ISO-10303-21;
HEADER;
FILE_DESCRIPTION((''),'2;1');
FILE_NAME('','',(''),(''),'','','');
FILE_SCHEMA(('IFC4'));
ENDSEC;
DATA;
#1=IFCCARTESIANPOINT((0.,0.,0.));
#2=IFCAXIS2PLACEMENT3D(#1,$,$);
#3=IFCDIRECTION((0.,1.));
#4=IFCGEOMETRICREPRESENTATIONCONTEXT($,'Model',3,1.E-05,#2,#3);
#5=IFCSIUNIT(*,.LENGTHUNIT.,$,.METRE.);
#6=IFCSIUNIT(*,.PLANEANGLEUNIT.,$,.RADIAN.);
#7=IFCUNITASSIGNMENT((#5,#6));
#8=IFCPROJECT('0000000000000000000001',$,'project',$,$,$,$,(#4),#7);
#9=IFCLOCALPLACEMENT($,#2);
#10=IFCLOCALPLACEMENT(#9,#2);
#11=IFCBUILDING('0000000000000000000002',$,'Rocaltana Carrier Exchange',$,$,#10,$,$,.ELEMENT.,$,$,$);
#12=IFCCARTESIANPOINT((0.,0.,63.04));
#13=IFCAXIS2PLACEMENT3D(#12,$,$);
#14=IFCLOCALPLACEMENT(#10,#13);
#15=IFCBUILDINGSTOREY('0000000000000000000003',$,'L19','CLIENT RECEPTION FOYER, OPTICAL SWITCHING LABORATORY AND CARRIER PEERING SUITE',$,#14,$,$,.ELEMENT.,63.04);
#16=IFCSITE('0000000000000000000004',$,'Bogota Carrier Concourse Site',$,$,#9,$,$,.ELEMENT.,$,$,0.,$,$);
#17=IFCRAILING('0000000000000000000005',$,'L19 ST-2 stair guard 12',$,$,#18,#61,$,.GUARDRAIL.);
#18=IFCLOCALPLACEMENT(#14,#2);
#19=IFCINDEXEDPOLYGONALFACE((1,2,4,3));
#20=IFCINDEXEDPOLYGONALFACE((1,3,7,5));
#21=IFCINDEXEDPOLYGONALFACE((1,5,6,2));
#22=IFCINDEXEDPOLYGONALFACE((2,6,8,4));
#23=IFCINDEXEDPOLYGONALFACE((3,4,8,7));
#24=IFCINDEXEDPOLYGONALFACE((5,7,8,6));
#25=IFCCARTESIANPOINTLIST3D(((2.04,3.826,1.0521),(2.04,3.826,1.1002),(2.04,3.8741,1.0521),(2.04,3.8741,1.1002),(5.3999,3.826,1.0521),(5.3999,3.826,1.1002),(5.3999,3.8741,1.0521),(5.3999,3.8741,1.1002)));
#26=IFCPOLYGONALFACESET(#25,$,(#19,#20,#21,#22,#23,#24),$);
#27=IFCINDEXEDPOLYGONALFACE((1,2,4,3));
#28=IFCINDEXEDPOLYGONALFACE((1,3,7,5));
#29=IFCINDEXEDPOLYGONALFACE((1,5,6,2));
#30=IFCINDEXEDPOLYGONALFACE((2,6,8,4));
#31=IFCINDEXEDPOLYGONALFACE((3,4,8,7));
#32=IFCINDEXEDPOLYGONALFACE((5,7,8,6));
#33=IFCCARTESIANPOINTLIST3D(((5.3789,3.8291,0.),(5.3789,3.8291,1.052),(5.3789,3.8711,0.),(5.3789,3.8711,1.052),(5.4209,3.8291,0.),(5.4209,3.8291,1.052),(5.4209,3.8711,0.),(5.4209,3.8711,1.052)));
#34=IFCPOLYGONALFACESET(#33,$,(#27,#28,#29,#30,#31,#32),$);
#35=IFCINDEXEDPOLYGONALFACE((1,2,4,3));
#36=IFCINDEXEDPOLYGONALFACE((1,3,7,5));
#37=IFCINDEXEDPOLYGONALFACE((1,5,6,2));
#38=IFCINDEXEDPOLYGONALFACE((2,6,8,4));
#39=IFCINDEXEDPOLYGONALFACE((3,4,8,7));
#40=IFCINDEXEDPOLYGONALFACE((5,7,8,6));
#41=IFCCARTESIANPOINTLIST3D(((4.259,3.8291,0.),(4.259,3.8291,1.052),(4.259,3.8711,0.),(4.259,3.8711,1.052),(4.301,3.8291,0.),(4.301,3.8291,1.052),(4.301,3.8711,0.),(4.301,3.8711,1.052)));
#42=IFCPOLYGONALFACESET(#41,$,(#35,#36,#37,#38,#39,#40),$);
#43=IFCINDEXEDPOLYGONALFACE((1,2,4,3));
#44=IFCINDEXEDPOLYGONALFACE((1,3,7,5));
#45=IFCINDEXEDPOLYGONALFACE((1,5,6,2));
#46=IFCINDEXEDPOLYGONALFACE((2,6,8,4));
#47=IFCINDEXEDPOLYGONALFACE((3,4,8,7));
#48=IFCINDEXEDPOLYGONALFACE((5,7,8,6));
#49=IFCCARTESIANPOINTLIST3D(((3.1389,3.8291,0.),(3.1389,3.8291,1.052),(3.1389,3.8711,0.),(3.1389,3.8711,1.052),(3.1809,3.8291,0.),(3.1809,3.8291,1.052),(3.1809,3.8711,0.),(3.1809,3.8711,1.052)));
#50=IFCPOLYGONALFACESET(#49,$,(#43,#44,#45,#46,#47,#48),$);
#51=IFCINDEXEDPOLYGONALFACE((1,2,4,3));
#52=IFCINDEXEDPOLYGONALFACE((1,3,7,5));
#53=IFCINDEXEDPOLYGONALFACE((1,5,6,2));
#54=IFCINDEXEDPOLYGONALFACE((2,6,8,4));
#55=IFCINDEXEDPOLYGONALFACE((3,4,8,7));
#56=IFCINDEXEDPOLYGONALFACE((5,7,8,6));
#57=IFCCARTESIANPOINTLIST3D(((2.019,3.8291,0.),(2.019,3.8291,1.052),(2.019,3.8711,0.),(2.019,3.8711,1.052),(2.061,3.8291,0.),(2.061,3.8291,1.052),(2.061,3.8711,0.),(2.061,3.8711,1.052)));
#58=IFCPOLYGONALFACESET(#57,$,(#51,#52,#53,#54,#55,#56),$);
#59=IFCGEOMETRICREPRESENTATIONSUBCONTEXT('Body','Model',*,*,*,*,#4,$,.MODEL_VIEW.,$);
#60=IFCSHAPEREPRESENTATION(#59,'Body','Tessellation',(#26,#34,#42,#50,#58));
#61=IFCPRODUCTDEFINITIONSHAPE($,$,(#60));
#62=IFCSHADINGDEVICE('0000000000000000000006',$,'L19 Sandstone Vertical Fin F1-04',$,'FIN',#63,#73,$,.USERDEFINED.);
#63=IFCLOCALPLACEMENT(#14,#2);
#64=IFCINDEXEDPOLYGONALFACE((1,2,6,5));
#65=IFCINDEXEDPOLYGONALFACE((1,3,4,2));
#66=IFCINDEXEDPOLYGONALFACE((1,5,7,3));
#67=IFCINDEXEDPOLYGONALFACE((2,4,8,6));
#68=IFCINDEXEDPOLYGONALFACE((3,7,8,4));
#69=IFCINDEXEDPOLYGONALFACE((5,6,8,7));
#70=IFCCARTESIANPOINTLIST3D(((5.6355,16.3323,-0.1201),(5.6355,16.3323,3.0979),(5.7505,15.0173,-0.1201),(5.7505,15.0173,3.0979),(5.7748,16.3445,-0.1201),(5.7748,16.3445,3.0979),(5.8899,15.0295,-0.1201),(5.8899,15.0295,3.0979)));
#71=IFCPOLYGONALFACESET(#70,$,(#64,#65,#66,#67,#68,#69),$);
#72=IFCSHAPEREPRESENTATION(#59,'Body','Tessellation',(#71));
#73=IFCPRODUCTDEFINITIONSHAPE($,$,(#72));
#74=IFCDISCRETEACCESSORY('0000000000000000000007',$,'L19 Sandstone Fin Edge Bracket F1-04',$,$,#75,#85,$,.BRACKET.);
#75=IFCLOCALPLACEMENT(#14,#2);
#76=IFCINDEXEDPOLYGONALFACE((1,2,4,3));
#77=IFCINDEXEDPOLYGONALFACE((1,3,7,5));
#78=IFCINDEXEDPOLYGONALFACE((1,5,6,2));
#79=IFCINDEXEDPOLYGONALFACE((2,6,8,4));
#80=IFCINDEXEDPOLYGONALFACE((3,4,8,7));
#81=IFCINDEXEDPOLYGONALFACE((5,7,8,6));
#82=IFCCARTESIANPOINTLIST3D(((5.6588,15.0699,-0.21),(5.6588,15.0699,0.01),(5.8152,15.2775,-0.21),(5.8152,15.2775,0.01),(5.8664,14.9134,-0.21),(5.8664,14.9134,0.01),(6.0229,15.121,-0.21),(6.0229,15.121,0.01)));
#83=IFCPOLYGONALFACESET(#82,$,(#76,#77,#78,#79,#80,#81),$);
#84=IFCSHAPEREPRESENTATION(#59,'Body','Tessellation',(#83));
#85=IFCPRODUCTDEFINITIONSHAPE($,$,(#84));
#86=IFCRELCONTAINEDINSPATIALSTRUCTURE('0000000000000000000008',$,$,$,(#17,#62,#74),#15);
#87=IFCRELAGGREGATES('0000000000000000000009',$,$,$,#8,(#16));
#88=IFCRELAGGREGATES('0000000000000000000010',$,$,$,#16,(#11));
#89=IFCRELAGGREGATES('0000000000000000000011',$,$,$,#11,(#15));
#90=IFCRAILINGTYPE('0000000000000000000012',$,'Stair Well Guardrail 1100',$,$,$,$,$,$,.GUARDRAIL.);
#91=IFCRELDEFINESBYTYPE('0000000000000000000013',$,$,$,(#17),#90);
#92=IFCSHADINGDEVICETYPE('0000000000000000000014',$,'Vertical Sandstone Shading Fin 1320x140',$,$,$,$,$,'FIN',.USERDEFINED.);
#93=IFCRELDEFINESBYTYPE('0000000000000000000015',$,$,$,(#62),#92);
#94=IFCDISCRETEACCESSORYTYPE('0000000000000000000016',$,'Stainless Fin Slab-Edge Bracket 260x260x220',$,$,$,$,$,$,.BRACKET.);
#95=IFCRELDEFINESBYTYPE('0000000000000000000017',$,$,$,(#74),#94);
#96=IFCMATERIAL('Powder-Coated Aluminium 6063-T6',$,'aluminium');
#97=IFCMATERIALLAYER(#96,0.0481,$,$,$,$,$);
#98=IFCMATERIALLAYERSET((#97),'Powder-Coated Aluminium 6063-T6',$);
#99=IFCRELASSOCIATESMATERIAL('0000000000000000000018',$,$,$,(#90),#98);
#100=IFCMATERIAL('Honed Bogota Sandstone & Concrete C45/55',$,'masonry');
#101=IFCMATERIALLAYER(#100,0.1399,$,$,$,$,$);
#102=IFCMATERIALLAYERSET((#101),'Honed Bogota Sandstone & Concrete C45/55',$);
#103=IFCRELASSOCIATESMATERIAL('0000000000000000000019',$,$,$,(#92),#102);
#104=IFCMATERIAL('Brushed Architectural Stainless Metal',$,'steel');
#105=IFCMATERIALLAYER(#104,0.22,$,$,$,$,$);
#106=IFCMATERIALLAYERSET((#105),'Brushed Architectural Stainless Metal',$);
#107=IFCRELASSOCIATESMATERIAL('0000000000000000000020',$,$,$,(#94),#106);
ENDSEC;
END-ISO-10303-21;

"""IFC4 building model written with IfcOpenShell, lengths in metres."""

from ifc_helpers import new_model, si_unit, direction, frame, origin, origin_2d, place, context, subcontext, project, spatial, rectangle, extrude, material, layer, layer_set, type_object, element, save


model = new_model("IFC4")

# Units and contexts
model_context = context("Model", 3, precision=1e-05, world=origin(), true_north=direction((0.0, 1.0)))
body_context = subcontext(model_context, "Body", "Model", "MODEL_VIEW")
ifc_project = project(units=[si_unit("LENGTHUNIT", "METRE"), si_unit("PLANEANGLEUNIT", "RADIAN")], contexts=[model_context])

# Site, building, storey
site_placement = place(None, origin())
site = spatial("IfcSite", under=ifc_project, at=site_placement, Name="Bogota Carrier Concourse Site", CompositionType="ELEMENT", RefElevation=0.0)
building_placement = place(site_placement, origin())
building = spatial("IfcBuilding", under=site, at=building_placement, Name="Rocaltana Carrier Exchange", CompositionType="ELEMENT")
storey_placement = place(building_placement, frame((0.0, 0.0, 63.04)))
storey = spatial("IfcBuildingStorey", under=building, at=storey_placement, Name="L19", Description="CLIENT RECEPTION FOYER, OPTICAL SWITCHING LABORATORY AND CARRIER PEERING SUITE", CompositionType="ELEMENT", Elevation=63.04)

# Railing
ifc_material_1 = material(Name="Powder-Coated Aluminium 6063-T6", Category="aluminium")
ifc_layer_1 = layer(ifc_material_1, 0.0481)
ifc_layer_set_1 = layer_set([ifc_layer_1], Name="Powder-Coated Aluminium 6063-T6")
railing_type = type_object("IfcRailingType", Name="Stair Well Guardrail 1100", PredefinedType="GUARDRAIL", material=ifc_layer_set_1)
railing_1_placement = place(storey_placement, frame((5.3999, 3.8501, 0.0)))
element("IfcRailing", 1, at=railing_1_placement, inside=storey, type_object=railing_type, Name="L19 ST-2 stair guard 12", PredefinedType="GUARDRAIL", context=body_context, shape_type="SweptSolid", body=[
    extrude(rectangle(XDim=0.0481, YDim=0.0481, at=origin_2d()), frame((0.0, 0.0, 1.0762), z_axis=(-1.0, 0.0, 0.0), x_axis=(0.0, -1.0, 0.0)), (0.0, 0.0, 1.0), 3.3599),
    extrude(rectangle(XDim=0.042, YDim=0.042, at=origin_2d()), origin(), (0.0, 0.0, 1.0), 1.052),
    extrude(rectangle(XDim=0.042, YDim=0.042, at=origin_2d()), frame((-1.1199, 0.0, 0.0)), (0.0, 0.0, 1.0), 1.052),
    extrude(rectangle(XDim=0.042, YDim=0.042, at=origin_2d()), frame((-2.24, 0.0, 0.0)), (0.0, 0.0, 1.0), 1.052),
    extrude(rectangle(XDim=0.042, YDim=0.042, at=origin_2d()), frame((-3.3599, 0.0, 0.0)), (0.0, 0.0, 1.0), 1.052),
])

# Shading device
ifc_material_2 = material(Name="Honed Bogota Sandstone & Concrete C45/55", Category="masonry")
ifc_layer_2 = layer(ifc_material_2, 0.1399)
ifc_layer_set_2 = layer_set([ifc_layer_2], Name="Honed Bogota Sandstone & Concrete C45/55")
shading_device_type = type_object("IfcShadingDeviceType", Name="Vertical Sandstone Shading Fin 1320x140", ElementType="FIN", PredefinedType="USERDEFINED", material=ifc_layer_set_2)
shading_device_placement = place(storey_placement, frame((5.7627, 15.6809, -0.1201), z_axis=(0.0, 0.0, 1.0), x_axis=(-0.087156, 0.996195, 0.0)))
element("IfcShadingDevice", 2, at=shading_device_placement, inside=storey, type_object=shading_device_type, Name="L19 Sandstone Vertical Fin F1-04", ObjectType="FIN", PredefinedType="USERDEFINED", context=body_context, shape_type="SweptSolid", body=[
    extrude(rectangle(XDim=1.3201, YDim=0.1399, at=origin_2d()), origin(), (0.0, 0.0, 1.0), 3.218),
])

# Discrete accessory
ifc_material_3 = material(Name="Brushed Architectural Stainless Metal", Category="steel")
ifc_layer_3 = layer(ifc_material_3, 0.22)
ifc_layer_set_3 = layer_set([ifc_layer_3], Name="Brushed Architectural Stainless Metal")
discrete_accessory_type = type_object("IfcDiscreteAccessoryType", Name="Stainless Fin Slab-Edge Bracket 260x260x220", PredefinedType="BRACKET", material=ifc_layer_set_3)
discrete_accessory_placement = place(storey_placement, frame((5.8408, 15.0955, -0.21), z_axis=(0.0, 0.0, 1.0), x_axis=(-0.798636, 0.601815, 0.0)))
element("IfcDiscreteAccessory", 3, at=discrete_accessory_placement, inside=storey, type_object=discrete_accessory_type, Name="L19 Sandstone Fin Edge Bracket F1-04", PredefinedType="BRACKET", context=body_context, shape_type="SweptSolid", body=[
    extrude(rectangle(XDim=0.26, YDim=0.26, at=origin_2d()), origin(), (0.0, 0.0, 1.0), 0.22),
])

save(model, "model.ifc")
